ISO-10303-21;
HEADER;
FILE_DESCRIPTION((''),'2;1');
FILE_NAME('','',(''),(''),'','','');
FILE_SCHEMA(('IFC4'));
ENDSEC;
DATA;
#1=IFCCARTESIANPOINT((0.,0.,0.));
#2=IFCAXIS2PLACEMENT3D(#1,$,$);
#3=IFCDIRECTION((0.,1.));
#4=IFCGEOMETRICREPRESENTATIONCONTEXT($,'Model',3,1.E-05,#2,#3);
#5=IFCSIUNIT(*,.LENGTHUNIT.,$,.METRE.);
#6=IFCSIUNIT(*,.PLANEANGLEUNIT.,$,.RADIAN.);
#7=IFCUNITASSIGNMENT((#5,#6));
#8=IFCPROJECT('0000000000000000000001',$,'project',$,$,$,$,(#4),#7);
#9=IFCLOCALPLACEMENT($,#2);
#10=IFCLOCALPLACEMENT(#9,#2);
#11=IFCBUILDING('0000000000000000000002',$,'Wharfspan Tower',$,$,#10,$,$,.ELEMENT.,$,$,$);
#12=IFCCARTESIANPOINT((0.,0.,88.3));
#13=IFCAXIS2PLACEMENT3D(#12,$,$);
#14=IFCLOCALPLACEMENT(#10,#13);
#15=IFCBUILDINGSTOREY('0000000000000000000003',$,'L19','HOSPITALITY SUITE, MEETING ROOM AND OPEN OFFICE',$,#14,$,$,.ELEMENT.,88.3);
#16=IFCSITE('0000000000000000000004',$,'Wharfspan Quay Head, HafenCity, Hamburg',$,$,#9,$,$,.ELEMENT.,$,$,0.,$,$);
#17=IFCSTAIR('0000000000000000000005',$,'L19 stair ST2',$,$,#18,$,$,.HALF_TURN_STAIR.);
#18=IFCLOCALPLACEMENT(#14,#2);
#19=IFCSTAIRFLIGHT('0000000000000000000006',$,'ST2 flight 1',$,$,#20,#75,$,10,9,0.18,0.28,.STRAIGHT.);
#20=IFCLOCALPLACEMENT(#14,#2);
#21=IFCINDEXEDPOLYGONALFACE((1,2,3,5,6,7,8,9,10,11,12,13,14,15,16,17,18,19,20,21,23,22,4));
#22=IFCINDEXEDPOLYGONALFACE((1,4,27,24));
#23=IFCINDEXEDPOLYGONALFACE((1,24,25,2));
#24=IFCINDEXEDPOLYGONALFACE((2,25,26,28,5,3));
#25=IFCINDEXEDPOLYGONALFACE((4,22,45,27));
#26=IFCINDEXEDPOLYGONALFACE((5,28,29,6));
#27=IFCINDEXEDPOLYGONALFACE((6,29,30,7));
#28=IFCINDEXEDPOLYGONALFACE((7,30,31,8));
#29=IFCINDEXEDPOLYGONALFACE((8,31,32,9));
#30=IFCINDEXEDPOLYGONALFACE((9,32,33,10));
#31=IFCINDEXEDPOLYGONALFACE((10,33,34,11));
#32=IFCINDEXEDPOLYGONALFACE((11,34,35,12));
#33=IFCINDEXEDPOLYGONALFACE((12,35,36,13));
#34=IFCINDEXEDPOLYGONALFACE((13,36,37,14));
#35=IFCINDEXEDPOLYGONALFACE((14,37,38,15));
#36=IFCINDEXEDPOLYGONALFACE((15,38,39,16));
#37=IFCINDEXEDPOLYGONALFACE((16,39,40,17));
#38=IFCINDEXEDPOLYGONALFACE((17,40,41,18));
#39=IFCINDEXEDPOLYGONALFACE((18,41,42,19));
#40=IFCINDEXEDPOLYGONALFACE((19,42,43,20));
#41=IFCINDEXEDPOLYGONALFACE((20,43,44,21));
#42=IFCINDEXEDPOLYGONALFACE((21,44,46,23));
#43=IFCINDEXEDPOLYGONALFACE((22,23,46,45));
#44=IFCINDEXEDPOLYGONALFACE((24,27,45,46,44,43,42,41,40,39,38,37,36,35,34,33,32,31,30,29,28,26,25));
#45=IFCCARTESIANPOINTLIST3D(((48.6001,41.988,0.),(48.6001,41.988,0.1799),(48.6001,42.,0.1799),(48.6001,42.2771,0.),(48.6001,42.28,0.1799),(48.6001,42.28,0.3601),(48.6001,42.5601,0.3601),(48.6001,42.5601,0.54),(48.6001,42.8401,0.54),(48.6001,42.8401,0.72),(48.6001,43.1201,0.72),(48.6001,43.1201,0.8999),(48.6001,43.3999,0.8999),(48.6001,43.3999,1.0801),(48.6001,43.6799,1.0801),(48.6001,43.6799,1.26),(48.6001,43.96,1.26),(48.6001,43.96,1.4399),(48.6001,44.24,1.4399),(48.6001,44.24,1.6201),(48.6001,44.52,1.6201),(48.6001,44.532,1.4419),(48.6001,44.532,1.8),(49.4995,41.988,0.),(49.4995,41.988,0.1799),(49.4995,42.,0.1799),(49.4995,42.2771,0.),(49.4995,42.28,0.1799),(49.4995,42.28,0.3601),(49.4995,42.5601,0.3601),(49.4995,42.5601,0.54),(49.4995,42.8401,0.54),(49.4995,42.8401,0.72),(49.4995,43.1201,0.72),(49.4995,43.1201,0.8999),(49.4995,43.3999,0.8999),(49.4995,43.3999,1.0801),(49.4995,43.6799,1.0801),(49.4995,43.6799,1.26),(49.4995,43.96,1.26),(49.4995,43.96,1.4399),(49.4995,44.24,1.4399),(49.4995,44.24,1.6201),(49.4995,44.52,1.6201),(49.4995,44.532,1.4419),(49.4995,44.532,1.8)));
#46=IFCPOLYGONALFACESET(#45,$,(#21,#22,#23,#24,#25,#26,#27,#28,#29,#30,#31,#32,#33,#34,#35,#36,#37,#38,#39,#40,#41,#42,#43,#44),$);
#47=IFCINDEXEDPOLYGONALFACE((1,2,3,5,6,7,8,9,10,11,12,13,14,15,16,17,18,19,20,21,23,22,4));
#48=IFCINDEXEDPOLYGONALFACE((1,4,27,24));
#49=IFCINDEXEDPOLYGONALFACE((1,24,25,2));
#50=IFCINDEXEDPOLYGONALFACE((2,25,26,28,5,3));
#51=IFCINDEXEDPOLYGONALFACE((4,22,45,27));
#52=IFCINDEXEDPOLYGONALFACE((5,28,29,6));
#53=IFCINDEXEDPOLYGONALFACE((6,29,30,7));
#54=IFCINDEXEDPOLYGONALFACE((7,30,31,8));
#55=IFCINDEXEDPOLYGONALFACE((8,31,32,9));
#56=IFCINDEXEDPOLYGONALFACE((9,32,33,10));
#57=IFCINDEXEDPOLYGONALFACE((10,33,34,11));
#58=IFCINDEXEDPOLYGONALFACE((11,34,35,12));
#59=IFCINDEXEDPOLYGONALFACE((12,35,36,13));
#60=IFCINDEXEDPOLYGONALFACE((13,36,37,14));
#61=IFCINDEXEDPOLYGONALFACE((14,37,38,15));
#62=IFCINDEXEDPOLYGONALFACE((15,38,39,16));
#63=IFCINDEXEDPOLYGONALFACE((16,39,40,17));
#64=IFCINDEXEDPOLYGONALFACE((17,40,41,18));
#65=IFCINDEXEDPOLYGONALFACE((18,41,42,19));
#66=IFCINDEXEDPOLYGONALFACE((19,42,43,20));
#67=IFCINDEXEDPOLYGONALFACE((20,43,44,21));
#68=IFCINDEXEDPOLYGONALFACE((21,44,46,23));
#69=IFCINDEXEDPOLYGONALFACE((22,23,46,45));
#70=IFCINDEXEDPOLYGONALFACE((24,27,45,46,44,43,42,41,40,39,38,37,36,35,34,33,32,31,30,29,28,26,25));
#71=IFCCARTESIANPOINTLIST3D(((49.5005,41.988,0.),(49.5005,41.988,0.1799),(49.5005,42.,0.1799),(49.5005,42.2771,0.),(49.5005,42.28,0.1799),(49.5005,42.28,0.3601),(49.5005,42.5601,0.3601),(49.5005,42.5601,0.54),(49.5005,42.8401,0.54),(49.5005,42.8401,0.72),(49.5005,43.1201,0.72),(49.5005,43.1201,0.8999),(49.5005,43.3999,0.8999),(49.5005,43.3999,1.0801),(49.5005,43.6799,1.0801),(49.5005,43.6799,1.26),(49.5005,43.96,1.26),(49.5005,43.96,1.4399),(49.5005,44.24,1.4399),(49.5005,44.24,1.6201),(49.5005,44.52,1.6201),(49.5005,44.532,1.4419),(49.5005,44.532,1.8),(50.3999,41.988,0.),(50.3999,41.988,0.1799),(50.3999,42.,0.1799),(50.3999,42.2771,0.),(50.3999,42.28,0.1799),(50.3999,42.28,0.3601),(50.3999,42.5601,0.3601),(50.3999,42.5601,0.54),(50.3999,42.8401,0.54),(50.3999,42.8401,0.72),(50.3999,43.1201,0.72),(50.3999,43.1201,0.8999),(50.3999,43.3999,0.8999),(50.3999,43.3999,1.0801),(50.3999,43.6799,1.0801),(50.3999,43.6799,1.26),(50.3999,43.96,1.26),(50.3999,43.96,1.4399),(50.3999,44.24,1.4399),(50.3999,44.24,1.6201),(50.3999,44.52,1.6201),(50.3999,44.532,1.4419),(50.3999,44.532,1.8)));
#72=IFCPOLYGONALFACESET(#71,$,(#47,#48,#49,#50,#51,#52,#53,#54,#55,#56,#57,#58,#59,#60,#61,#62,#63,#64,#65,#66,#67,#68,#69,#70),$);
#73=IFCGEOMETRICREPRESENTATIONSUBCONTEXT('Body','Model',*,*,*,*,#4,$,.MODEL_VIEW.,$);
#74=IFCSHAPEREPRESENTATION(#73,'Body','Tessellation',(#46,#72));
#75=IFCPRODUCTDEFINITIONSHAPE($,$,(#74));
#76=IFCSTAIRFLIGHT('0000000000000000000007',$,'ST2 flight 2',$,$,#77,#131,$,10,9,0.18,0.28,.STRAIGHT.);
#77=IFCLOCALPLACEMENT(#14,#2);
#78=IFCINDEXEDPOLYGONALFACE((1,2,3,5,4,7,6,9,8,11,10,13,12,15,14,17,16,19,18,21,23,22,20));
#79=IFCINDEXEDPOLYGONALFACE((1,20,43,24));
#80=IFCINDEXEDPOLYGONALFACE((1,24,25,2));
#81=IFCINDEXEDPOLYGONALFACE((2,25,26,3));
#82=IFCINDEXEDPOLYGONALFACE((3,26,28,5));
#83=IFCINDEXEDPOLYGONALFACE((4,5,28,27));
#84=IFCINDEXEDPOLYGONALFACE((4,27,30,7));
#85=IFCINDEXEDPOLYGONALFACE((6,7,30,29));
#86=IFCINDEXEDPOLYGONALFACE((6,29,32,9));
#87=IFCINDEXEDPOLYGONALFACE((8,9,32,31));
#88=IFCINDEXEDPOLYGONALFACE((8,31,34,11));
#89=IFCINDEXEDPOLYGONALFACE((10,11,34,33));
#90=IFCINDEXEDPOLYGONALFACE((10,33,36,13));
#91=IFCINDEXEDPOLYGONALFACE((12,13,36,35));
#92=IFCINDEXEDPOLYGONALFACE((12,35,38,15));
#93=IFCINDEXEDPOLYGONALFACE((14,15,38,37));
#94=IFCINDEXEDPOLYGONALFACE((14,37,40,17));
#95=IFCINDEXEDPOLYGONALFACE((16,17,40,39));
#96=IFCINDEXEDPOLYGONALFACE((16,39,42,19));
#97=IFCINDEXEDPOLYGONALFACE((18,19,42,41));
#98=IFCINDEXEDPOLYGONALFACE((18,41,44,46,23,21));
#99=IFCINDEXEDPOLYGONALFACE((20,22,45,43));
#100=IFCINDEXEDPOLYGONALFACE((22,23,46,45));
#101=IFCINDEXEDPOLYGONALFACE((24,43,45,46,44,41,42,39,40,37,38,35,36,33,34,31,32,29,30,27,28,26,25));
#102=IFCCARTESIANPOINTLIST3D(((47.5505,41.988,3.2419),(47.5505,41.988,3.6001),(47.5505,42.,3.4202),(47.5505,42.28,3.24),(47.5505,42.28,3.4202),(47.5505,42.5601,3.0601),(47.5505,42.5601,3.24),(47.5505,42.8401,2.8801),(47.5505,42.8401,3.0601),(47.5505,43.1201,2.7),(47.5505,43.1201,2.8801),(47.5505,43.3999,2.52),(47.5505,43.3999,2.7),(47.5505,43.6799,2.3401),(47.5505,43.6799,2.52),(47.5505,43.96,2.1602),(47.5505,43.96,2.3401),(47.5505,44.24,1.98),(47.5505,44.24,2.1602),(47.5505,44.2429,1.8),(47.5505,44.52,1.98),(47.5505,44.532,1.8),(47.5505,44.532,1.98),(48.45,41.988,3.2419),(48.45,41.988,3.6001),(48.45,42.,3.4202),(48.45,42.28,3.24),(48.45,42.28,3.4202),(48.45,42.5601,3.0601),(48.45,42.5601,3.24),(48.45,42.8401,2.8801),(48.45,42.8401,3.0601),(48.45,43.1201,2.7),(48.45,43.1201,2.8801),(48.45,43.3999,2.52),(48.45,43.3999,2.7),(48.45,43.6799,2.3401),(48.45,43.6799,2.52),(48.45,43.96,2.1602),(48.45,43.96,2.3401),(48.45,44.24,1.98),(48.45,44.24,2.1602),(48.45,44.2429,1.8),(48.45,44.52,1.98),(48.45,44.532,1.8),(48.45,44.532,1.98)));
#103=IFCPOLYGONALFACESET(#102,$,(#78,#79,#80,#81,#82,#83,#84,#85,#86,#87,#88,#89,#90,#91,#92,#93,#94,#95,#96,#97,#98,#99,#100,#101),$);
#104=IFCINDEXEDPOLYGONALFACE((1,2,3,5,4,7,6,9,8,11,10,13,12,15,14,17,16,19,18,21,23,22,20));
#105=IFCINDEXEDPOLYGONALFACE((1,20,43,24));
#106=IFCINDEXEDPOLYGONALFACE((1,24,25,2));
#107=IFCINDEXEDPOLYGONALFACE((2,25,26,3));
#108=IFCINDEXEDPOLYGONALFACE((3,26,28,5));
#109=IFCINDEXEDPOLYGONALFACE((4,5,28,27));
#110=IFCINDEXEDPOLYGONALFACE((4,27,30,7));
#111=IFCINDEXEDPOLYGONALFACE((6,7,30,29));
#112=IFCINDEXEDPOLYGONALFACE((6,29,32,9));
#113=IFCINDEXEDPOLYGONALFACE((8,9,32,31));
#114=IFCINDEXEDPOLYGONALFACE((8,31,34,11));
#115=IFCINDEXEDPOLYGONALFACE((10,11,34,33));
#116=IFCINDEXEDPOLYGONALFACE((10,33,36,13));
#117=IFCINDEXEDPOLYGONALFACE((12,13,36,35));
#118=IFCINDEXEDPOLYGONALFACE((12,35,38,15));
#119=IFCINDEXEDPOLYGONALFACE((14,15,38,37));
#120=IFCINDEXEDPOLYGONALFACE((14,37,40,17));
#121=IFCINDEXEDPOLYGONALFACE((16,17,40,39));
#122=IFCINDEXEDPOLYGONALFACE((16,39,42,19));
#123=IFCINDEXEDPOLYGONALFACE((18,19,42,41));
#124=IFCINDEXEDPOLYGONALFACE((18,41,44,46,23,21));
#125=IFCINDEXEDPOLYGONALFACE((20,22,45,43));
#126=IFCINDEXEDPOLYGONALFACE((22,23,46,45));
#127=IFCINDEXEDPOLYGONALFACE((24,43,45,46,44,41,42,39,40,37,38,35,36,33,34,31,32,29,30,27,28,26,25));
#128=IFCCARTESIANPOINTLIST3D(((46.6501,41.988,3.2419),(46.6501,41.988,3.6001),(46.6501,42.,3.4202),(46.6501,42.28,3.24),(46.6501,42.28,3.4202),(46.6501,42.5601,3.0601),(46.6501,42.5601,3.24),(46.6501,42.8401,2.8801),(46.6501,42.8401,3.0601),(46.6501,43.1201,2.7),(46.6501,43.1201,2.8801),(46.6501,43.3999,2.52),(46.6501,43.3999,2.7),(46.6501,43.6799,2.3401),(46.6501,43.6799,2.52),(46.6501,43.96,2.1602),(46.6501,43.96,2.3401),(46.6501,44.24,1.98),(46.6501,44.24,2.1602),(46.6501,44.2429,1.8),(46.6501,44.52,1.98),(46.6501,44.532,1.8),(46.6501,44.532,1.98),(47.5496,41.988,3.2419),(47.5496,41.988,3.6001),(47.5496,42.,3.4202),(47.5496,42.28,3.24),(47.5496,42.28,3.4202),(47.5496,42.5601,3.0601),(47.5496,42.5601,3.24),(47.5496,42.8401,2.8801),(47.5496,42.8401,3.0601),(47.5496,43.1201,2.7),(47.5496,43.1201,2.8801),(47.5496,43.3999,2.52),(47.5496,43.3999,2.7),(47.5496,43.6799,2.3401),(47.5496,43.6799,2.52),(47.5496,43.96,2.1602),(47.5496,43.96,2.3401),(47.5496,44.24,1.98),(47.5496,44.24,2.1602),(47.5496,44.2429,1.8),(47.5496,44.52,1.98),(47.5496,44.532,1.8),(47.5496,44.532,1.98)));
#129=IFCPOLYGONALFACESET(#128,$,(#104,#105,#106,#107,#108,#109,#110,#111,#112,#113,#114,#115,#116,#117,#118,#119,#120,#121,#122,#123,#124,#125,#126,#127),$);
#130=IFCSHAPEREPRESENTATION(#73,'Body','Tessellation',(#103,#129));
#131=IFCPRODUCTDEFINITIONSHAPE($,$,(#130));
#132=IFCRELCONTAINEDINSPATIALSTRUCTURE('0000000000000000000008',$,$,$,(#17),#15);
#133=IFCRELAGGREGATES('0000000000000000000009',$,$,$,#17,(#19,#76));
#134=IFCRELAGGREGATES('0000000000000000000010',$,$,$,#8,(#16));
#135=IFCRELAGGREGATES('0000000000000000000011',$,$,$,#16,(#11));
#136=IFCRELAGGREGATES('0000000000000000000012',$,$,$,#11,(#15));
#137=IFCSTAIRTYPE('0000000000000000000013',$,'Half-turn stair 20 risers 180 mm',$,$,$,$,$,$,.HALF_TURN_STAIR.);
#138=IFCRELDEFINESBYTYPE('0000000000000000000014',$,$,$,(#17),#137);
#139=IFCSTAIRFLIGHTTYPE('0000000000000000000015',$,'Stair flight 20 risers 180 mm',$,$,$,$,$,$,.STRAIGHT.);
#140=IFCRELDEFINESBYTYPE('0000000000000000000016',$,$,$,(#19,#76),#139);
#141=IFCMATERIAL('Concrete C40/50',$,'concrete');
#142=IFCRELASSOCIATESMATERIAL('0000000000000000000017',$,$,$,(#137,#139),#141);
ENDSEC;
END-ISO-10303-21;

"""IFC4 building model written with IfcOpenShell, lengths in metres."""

from ifc_helpers import new_model, si_unit, direction, frame, origin, place, context, subcontext, project, spatial, polyline, outline, extrude, material, type_object, element, aggregate, save


model = new_model("IFC4")

# Units and contexts
model_context = context("Model", 3, precision=1e-05, world=origin(), true_north=direction((0.0, 1.0)))
body_context = subcontext(model_context, "Body", "Model", "MODEL_VIEW")
ifc_project = project(units=[si_unit("LENGTHUNIT", "METRE"), si_unit("PLANEANGLEUNIT", "RADIAN")], contexts=[model_context])

# Site, building, storey
site_placement = place(None, origin())
site = spatial("IfcSite", under=ifc_project, at=site_placement, Name="Wharfspan Quay Head, HafenCity, Hamburg", CompositionType="ELEMENT", RefElevation=0.0)
building_placement = place(site_placement, origin())
building = spatial("IfcBuilding", under=site, at=building_placement, Name="Wharfspan Tower", CompositionType="ELEMENT")
storey_placement = place(building_placement, frame((0.0, 0.0, 88.3)))
storey = spatial("IfcBuildingStorey", under=building, at=storey_placement, Name="L19", Description="HOSPITALITY SUITE, MEETING ROOM AND OPEN OFFICE", CompositionType="ELEMENT", Elevation=88.3)

# Shared definitions
ifc_material_1 = material(Name="Concrete C40/50", Category="concrete")

# Stair, stair flights
stair_type = type_object("IfcStairType", Name="Half-turn stair 20 risers 180 mm", PredefinedType="HALF_TURN_STAIR", material=ifc_material_1)
stair_placement = place(storey_placement, origin())
stair = element("IfcStair", 1, at=stair_placement, inside=storey, type_object=stair_type, Name="L19 stair ST2", PredefinedType="HALF_TURN_STAIR")
stair_flight_type = type_object("IfcStairFlightType", Name="Stair flight 20 risers 180 mm", PredefinedType="STRAIGHT", material=ifc_material_1)
stair_flight_1_placement = place(storey_placement, frame((49.5, 42.0, 0.0), z_axis=(0.0, 0.0, 1.0), x_axis=(0.0, 1.0, 0.0)))
stair_flight_1 = element("IfcStairFlight", 2, at=stair_flight_1_placement, type_object=stair_flight_type, Name="ST2 flight 1", NumberOfRisers=10, NumberOfTreads=9, PredefinedType="STRAIGHT", RiserHeight=0.18, TreadLength=0.28, context=body_context, shape_type="SweptSolid", body=[
    extrude(outline(polyline([(-0.012, 0.0), (-0.012, 0.1799), (0.0, 0.1799), (0.28, 0.1799), (0.28, 0.3601), (0.5601, 0.3601), (0.5601, 0.54), (0.8401, 0.54), (0.8401, 0.72), (1.1201, 0.72), (1.1201, 0.8999), (1.3999, 0.8999), (1.3999, 1.0801), (1.6799, 1.0801), (1.6799, 1.26), (1.96, 1.26), (1.96, 1.4399), (2.24, 1.4399), (2.24, 1.6201), (2.52, 1.6201), (2.532, 1.8), (2.532, 1.4419), (0.2771, 0.0), (-0.012, 0.0)])), frame((0.0, 0.8999, 0.0), z_axis=(0.0, -1.0, 0.0), x_axis=(1.0, 0.0, 0.0)), (0.0, 0.0, 1.0), 0.8994),
    extrude(outline(polyline([(-0.012, 0.0), (-0.012, 0.1799), (0.0, 0.1799), (0.28, 0.1799), (0.28, 0.3601), (0.5601, 0.3601), (0.5601, 0.54), (0.8401, 0.54), (0.8401, 0.72), (1.1201, 0.72), (1.1201, 0.8999), (1.3999, 0.8999), (1.3999, 1.0801), (1.6799, 1.0801), (1.6799, 1.26), (1.96, 1.26), (1.96, 1.4399), (2.24, 1.4399), (2.24, 1.6201), (2.52, 1.6201), (2.532, 1.8), (2.532, 1.4419), (0.2771, 0.0), (-0.012, 0.0)])), frame((0.0, -0.0005, 0.0), z_axis=(0.0, -1.0, 0.0), x_axis=(1.0, 0.0, 0.0)), (0.0, 0.0, 1.0), 0.8994),
])
stair_flight_2_placement = place(storey_placement, frame((47.55, 44.52, 1.8), z_axis=(0.0, 0.0, 1.0), x_axis=(0.0, -1.0, 0.0)))
stair_flight_2 = element("IfcStairFlight", 3, at=stair_flight_2_placement, type_object=stair_flight_type, Name="ST2 flight 2", NumberOfRisers=10, NumberOfTreads=9, PredefinedType="STRAIGHT", RiserHeight=0.18, TreadLength=0.28, context=body_context, shape_type="SweptSolid", body=[
    extrude(outline(polyline([(-0.012, 0.0), (-0.012, 0.1799), (0.0, 0.1799), (0.28, 0.1799), (0.28, 0.3601), (0.5601, 0.3601), (0.5601, 0.54), (0.8401, 0.54), (0.8401, 0.72), (1.1201, 0.72), (1.1201, 0.8999), (1.3999, 0.8999), (1.3999, 1.0801), (1.6799, 1.0801), (1.6799, 1.26), (1.96, 1.26), (1.96, 1.4399), (2.24, 1.4399), (2.24, 1.6201), (2.52, 1.6201), (2.532, 1.8), (2.532, 1.4419), (0.2771, 0.0), (-0.012, 0.0)])), frame((0.0, 0.8999, 0.0), z_axis=(0.0, -1.0, 0.0), x_axis=(1.0, 0.0, 0.0)), (0.0, 0.0, 1.0), 0.8994),
    extrude(outline(polyline([(-0.012, 0.0), (-0.012, 0.1799), (0.0, 0.1799), (0.28, 0.1799), (0.28, 0.3601), (0.5601, 0.3601), (0.5601, 0.54), (0.8401, 0.54), (0.8401, 0.72), (1.1201, 0.72), (1.1201, 0.8999), (1.3999, 0.8999), (1.3999, 1.0801), (1.6799, 1.0801), (1.6799, 1.26), (1.96, 1.26), (1.96, 1.4399), (2.24, 1.4399), (2.24, 1.6201), (2.52, 1.6201), (2.532, 1.8), (2.532, 1.4419), (0.2771, 0.0), (-0.012, 0.0)])), frame((0.0, -0.0005, 0.0), z_axis=(0.0, -1.0, 0.0), x_axis=(1.0, 0.0, 0.0)), (0.0, 0.0, 1.0), 0.8994),
])
aggregate(stair, [stair_flight_1, stair_flight_2])

save(model, "model.ifc")
